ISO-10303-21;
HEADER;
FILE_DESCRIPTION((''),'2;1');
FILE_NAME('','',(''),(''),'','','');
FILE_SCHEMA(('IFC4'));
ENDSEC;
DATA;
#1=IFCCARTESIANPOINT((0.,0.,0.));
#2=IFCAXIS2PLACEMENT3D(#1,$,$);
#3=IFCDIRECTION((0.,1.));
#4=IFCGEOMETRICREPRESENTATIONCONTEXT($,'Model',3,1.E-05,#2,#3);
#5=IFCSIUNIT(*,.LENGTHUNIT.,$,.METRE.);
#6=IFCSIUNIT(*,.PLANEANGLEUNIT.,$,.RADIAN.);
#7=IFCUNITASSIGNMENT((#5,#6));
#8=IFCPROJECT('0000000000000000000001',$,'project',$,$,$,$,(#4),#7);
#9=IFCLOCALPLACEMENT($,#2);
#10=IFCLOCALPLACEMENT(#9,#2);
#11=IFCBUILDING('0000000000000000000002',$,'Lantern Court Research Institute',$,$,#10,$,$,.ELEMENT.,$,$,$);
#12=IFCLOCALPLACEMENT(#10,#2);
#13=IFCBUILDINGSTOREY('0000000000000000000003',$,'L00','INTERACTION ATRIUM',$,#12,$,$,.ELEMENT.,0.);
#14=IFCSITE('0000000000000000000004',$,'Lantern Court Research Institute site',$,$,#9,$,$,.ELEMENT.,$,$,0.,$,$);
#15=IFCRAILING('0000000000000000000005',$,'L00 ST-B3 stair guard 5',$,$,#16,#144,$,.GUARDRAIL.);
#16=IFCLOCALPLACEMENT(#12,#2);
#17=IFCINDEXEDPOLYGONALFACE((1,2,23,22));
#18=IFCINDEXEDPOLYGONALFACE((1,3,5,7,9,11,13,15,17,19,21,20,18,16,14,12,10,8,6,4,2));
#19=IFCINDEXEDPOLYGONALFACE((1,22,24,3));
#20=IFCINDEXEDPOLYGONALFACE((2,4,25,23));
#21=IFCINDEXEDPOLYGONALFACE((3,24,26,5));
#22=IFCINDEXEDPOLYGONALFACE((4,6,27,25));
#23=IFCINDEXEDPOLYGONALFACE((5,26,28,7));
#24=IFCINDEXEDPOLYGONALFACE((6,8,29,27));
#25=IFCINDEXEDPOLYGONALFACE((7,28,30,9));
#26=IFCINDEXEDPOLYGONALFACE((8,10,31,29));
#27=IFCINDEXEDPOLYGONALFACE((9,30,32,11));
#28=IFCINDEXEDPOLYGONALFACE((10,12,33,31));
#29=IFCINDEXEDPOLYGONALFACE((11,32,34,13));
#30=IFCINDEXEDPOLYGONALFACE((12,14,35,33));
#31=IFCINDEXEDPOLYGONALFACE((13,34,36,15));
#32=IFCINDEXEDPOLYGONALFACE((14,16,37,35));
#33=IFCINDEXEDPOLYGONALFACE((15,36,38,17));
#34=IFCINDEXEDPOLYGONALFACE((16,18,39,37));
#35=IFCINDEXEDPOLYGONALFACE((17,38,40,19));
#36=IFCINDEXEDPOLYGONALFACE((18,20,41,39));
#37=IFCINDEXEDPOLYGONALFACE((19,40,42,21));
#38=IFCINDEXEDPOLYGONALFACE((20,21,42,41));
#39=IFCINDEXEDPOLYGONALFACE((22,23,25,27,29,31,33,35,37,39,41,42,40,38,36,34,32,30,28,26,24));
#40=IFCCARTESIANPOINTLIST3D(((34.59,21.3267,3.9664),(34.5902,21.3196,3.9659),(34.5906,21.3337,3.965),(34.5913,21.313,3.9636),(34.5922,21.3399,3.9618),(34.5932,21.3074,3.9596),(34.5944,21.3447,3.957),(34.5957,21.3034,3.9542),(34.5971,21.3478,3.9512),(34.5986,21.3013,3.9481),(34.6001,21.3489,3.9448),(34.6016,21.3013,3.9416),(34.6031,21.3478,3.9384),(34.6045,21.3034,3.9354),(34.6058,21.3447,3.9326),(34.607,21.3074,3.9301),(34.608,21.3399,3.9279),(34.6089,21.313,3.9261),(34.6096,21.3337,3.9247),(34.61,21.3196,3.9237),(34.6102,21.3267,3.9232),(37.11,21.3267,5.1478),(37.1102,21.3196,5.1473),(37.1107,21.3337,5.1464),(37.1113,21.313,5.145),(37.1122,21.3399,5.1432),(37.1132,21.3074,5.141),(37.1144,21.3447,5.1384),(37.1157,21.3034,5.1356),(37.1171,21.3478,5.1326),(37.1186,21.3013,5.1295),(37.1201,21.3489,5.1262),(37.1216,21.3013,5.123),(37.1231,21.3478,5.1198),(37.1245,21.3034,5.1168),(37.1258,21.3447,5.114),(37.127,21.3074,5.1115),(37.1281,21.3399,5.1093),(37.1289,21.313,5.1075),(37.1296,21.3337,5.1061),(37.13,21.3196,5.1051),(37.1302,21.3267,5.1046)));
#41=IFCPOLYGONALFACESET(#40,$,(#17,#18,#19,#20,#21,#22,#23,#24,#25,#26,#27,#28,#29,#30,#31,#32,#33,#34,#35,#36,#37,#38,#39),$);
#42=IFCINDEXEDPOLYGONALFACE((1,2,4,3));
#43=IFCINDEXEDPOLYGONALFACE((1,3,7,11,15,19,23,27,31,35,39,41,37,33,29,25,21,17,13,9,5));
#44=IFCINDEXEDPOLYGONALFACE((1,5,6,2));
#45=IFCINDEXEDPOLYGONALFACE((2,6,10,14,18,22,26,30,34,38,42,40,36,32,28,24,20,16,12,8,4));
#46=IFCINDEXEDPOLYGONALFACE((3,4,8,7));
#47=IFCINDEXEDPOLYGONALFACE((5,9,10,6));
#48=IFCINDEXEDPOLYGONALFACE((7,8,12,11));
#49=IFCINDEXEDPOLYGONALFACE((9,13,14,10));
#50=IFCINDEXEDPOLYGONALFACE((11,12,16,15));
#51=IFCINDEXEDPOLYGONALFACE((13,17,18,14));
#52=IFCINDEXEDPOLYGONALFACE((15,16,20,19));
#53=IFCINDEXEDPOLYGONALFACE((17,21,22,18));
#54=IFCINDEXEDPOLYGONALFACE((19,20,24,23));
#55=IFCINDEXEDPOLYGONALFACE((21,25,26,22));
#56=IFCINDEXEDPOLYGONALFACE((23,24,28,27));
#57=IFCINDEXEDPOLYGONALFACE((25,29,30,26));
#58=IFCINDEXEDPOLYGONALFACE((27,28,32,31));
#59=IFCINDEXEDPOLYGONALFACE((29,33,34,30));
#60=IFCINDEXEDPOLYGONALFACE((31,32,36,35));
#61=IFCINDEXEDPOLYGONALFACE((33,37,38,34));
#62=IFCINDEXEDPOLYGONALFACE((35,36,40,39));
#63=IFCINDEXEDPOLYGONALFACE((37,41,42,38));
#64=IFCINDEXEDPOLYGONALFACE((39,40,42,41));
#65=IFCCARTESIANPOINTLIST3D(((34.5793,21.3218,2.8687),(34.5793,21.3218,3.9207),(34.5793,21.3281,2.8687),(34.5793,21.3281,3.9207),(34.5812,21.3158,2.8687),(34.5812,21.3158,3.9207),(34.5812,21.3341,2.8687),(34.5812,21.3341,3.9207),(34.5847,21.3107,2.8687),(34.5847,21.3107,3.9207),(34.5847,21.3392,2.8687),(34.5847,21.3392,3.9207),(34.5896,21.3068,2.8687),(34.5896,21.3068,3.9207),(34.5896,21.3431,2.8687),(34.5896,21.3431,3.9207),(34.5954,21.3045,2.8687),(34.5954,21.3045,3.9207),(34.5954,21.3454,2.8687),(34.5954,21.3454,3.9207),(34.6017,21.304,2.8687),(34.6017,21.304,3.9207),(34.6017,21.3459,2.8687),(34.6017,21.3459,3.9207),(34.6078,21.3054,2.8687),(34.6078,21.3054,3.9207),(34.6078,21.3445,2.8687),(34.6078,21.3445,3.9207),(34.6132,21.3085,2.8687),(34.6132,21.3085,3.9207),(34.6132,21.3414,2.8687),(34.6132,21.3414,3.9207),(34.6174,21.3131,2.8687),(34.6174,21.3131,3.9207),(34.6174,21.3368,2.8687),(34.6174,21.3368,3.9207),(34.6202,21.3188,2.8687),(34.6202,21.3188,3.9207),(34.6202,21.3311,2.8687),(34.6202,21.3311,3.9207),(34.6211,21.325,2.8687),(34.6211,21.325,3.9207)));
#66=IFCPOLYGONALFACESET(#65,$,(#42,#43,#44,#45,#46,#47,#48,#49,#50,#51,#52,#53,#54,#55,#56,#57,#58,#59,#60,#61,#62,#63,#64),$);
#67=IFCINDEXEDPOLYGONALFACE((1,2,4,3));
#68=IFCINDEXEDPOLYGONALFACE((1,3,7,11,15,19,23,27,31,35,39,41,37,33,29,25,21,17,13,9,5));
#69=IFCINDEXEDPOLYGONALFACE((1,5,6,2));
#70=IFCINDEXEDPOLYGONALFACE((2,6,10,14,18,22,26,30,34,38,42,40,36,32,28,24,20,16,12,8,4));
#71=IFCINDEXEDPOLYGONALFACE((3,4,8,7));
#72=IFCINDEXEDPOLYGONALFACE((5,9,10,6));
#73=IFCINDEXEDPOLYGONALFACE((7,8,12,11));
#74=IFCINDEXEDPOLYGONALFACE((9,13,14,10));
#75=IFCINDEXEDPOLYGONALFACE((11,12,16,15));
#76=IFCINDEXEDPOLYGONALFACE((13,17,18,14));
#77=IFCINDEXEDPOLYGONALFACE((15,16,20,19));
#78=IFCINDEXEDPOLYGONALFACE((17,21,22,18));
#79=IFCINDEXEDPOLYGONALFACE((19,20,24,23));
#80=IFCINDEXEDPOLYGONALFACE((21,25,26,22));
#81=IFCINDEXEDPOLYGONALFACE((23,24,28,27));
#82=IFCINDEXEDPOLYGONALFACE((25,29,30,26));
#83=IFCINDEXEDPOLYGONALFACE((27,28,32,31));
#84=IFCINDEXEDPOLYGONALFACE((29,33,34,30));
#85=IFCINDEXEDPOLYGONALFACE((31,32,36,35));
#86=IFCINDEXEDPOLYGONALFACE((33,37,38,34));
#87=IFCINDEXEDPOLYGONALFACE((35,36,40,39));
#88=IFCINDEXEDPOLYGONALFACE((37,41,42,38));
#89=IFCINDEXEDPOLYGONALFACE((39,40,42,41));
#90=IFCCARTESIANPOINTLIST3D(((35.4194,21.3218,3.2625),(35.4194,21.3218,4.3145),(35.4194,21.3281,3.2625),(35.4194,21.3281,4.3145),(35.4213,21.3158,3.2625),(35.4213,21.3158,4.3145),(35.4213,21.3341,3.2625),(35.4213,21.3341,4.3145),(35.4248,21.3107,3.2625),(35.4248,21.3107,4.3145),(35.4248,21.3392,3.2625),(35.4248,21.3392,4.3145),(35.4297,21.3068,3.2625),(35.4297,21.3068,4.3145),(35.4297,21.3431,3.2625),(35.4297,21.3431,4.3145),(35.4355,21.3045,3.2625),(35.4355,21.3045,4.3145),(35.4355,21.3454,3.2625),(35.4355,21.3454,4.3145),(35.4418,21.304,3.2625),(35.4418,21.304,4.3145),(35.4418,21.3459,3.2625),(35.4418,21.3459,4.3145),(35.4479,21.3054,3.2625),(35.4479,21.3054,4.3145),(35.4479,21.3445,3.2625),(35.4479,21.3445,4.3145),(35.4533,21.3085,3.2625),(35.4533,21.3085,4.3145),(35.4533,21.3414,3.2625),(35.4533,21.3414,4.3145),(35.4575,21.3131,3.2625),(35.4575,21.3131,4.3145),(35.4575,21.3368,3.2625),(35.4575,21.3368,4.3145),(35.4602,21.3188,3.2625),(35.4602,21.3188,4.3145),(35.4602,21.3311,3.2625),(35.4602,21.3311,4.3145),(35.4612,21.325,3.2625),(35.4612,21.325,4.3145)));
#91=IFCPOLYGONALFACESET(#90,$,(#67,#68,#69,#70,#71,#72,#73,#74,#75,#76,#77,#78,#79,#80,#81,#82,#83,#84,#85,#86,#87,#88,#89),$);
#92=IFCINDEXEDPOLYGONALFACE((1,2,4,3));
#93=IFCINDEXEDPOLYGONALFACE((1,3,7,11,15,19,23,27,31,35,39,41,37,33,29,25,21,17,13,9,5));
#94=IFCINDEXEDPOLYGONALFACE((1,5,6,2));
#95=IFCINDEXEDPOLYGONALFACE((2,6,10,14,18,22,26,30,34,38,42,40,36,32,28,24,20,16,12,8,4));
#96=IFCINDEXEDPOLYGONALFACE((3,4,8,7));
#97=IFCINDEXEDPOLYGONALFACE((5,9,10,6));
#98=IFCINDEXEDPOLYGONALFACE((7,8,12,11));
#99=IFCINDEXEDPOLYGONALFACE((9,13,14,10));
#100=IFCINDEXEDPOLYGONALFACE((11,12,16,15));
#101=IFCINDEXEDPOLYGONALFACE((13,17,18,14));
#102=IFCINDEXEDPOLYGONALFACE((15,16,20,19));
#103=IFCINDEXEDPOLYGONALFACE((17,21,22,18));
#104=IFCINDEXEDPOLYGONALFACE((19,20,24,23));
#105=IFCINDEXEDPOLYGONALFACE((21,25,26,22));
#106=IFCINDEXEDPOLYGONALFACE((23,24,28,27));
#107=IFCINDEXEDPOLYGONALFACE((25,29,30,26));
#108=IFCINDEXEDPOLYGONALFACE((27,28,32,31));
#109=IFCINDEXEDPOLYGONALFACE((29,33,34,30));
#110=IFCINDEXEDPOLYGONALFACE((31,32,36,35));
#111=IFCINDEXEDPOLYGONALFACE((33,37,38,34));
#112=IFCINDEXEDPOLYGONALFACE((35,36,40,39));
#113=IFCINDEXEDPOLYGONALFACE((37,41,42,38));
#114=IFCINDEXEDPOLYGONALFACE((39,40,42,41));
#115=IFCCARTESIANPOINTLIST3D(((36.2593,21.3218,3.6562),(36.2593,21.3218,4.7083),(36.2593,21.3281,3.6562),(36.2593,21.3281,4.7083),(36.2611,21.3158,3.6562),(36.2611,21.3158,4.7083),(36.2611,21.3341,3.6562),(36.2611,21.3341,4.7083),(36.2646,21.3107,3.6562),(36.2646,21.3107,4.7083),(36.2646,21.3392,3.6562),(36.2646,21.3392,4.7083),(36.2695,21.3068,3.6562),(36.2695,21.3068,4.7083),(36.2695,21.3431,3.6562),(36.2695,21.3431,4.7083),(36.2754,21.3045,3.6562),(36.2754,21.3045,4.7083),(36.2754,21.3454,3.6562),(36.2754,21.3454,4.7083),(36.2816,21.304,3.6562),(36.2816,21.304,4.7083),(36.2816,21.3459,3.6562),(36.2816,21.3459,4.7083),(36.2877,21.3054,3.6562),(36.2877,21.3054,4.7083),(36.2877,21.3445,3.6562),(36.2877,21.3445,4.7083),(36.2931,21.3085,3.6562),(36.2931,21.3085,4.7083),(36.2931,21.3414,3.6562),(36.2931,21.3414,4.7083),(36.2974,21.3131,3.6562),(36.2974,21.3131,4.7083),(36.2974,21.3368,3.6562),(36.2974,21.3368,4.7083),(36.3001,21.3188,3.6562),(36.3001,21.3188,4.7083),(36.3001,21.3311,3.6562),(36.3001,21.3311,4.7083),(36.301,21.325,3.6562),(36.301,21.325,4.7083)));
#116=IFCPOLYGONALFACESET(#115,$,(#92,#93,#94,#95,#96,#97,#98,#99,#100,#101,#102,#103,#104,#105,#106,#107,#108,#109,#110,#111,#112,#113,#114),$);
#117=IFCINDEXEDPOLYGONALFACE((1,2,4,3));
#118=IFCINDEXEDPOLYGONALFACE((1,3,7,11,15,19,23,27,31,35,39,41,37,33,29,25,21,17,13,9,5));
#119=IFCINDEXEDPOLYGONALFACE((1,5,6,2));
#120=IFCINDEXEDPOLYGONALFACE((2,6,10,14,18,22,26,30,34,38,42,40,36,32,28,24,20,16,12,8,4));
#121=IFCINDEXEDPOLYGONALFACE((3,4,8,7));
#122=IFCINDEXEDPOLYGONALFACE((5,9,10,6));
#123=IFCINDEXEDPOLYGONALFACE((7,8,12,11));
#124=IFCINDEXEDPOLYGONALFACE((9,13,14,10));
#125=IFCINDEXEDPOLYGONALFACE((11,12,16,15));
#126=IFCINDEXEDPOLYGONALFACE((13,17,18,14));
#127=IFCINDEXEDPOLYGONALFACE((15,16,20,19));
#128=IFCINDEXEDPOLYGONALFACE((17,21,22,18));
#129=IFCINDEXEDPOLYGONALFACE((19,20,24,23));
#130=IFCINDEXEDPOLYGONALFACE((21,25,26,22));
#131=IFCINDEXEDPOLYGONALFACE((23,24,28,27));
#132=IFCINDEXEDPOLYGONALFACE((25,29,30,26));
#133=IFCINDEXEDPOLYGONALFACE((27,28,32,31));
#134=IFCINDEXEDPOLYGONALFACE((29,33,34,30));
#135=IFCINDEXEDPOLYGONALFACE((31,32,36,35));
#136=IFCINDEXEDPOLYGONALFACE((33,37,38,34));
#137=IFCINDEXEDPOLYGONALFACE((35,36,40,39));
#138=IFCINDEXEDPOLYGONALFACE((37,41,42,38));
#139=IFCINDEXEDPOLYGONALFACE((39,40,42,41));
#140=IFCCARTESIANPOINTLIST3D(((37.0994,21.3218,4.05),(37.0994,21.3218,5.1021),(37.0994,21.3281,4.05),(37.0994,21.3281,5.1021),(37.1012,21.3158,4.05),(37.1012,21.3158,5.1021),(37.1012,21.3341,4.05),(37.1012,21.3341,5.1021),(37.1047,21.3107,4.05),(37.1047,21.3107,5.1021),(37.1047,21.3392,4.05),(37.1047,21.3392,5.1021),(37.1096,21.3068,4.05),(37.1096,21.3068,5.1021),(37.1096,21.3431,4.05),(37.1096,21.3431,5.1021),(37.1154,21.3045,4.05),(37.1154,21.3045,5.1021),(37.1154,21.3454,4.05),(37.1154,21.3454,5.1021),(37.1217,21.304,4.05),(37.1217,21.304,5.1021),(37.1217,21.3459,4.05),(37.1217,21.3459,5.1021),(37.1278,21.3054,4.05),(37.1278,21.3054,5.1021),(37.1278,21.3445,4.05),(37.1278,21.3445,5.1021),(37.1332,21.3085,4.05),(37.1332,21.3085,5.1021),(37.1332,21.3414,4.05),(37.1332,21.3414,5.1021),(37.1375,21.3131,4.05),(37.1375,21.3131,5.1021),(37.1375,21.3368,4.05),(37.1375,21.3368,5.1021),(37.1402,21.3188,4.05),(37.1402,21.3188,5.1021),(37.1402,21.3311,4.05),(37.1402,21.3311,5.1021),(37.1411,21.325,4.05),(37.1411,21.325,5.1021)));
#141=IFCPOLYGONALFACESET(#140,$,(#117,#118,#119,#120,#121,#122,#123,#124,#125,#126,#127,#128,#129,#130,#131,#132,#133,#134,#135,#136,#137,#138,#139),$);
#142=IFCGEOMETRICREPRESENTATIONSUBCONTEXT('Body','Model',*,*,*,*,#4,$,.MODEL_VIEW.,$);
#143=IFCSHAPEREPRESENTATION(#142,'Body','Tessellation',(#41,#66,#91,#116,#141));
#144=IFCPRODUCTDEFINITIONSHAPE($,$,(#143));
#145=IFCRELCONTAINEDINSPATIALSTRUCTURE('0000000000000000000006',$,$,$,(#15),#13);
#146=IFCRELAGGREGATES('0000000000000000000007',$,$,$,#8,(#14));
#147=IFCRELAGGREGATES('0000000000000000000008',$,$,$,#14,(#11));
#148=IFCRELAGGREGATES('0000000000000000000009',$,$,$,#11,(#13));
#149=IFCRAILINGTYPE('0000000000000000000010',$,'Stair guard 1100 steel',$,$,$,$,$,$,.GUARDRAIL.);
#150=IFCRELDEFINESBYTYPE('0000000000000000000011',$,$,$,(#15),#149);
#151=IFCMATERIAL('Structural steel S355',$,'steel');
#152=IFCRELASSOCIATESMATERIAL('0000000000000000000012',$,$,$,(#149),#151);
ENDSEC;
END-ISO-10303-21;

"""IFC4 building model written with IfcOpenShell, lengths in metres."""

from ifc_helpers import new_model, si_unit, direction, frame, origin, origin_2d, place, context, subcontext, project, spatial, circle, extrude, material, type_object, element, save


model = new_model("IFC4")

# Units and contexts
model_context = context("Model", 3, precision=1e-05, world=origin(), true_north=direction((0.0, 1.0)))
body_context = subcontext(model_context, "Body", "Model", "MODEL_VIEW")
ifc_project = project(units=[si_unit("LENGTHUNIT", "METRE"), si_unit("PLANEANGLEUNIT", "RADIAN")], contexts=[model_context])

# Site, building, storey
site_placement = place(None, origin())
site = spatial("IfcSite", under=ifc_project, at=site_placement, Name="Lantern Court Research Institute site", CompositionType="ELEMENT", RefElevation=0.0)
building_placement = place(site_placement, origin())
building = spatial("IfcBuilding", under=site, at=building_placement, Name="Lantern Court Research Institute", CompositionType="ELEMENT")
storey_placement = place(building_placement, origin())
storey = spatial("IfcBuildingStorey", under=building, at=storey_placement, Name="L00", Description="INTERACTION ATRIUM", CompositionType="ELEMENT", Elevation=0.0)

# Railing
ifc_material_1 = material(Name="Structural steel S355", Category="steel")
railing_type_1 = type_object("IfcRailingType", Name="Stair guard 1100 steel", PredefinedType="GUARDRAIL", material=ifc_material_1)
railing_1_placement = place(storey_placement, frame((34.6001, 21.325, 2.8687)))
element("IfcRailing", 1, at=railing_1_placement, inside=storey, type_object=railing_type_1, Name="L00 ST-B3 stair guard 5", PredefinedType="GUARDRAIL", context=body_context, shape_type="SweptSolid", body=[
    extrude(circle(Radius=0.0239, at=origin_2d()), frame((0.0, 0.0, 1.0762), z_axis=(0.90544, 0.0, 0.424474), x_axis=(0.0, 1.0, 0.0)), (0.0, 0.0, 1.0), 2.7832),
    extrude(circle(Radius=0.021, at=origin_2d()), origin(), (0.0, 0.0, 1.0), 1.052),
    extrude(circle(Radius=0.021, at=origin_2d()), frame((0.8401, 0.0, 0.3938)), (0.0, 0.0, 1.0), 1.052),
    extrude(circle(Radius=0.021, at=origin_2d()), frame((1.6799, 0.0, 0.7876)), (0.0, 0.0, 1.0), 1.052),
    extrude(circle(Radius=0.021, at=origin_2d()), frame((2.52, 0.0, 1.1814)), (0.0, 0.0, 1.0), 1.052),
])

save(model, "model.ifc")
